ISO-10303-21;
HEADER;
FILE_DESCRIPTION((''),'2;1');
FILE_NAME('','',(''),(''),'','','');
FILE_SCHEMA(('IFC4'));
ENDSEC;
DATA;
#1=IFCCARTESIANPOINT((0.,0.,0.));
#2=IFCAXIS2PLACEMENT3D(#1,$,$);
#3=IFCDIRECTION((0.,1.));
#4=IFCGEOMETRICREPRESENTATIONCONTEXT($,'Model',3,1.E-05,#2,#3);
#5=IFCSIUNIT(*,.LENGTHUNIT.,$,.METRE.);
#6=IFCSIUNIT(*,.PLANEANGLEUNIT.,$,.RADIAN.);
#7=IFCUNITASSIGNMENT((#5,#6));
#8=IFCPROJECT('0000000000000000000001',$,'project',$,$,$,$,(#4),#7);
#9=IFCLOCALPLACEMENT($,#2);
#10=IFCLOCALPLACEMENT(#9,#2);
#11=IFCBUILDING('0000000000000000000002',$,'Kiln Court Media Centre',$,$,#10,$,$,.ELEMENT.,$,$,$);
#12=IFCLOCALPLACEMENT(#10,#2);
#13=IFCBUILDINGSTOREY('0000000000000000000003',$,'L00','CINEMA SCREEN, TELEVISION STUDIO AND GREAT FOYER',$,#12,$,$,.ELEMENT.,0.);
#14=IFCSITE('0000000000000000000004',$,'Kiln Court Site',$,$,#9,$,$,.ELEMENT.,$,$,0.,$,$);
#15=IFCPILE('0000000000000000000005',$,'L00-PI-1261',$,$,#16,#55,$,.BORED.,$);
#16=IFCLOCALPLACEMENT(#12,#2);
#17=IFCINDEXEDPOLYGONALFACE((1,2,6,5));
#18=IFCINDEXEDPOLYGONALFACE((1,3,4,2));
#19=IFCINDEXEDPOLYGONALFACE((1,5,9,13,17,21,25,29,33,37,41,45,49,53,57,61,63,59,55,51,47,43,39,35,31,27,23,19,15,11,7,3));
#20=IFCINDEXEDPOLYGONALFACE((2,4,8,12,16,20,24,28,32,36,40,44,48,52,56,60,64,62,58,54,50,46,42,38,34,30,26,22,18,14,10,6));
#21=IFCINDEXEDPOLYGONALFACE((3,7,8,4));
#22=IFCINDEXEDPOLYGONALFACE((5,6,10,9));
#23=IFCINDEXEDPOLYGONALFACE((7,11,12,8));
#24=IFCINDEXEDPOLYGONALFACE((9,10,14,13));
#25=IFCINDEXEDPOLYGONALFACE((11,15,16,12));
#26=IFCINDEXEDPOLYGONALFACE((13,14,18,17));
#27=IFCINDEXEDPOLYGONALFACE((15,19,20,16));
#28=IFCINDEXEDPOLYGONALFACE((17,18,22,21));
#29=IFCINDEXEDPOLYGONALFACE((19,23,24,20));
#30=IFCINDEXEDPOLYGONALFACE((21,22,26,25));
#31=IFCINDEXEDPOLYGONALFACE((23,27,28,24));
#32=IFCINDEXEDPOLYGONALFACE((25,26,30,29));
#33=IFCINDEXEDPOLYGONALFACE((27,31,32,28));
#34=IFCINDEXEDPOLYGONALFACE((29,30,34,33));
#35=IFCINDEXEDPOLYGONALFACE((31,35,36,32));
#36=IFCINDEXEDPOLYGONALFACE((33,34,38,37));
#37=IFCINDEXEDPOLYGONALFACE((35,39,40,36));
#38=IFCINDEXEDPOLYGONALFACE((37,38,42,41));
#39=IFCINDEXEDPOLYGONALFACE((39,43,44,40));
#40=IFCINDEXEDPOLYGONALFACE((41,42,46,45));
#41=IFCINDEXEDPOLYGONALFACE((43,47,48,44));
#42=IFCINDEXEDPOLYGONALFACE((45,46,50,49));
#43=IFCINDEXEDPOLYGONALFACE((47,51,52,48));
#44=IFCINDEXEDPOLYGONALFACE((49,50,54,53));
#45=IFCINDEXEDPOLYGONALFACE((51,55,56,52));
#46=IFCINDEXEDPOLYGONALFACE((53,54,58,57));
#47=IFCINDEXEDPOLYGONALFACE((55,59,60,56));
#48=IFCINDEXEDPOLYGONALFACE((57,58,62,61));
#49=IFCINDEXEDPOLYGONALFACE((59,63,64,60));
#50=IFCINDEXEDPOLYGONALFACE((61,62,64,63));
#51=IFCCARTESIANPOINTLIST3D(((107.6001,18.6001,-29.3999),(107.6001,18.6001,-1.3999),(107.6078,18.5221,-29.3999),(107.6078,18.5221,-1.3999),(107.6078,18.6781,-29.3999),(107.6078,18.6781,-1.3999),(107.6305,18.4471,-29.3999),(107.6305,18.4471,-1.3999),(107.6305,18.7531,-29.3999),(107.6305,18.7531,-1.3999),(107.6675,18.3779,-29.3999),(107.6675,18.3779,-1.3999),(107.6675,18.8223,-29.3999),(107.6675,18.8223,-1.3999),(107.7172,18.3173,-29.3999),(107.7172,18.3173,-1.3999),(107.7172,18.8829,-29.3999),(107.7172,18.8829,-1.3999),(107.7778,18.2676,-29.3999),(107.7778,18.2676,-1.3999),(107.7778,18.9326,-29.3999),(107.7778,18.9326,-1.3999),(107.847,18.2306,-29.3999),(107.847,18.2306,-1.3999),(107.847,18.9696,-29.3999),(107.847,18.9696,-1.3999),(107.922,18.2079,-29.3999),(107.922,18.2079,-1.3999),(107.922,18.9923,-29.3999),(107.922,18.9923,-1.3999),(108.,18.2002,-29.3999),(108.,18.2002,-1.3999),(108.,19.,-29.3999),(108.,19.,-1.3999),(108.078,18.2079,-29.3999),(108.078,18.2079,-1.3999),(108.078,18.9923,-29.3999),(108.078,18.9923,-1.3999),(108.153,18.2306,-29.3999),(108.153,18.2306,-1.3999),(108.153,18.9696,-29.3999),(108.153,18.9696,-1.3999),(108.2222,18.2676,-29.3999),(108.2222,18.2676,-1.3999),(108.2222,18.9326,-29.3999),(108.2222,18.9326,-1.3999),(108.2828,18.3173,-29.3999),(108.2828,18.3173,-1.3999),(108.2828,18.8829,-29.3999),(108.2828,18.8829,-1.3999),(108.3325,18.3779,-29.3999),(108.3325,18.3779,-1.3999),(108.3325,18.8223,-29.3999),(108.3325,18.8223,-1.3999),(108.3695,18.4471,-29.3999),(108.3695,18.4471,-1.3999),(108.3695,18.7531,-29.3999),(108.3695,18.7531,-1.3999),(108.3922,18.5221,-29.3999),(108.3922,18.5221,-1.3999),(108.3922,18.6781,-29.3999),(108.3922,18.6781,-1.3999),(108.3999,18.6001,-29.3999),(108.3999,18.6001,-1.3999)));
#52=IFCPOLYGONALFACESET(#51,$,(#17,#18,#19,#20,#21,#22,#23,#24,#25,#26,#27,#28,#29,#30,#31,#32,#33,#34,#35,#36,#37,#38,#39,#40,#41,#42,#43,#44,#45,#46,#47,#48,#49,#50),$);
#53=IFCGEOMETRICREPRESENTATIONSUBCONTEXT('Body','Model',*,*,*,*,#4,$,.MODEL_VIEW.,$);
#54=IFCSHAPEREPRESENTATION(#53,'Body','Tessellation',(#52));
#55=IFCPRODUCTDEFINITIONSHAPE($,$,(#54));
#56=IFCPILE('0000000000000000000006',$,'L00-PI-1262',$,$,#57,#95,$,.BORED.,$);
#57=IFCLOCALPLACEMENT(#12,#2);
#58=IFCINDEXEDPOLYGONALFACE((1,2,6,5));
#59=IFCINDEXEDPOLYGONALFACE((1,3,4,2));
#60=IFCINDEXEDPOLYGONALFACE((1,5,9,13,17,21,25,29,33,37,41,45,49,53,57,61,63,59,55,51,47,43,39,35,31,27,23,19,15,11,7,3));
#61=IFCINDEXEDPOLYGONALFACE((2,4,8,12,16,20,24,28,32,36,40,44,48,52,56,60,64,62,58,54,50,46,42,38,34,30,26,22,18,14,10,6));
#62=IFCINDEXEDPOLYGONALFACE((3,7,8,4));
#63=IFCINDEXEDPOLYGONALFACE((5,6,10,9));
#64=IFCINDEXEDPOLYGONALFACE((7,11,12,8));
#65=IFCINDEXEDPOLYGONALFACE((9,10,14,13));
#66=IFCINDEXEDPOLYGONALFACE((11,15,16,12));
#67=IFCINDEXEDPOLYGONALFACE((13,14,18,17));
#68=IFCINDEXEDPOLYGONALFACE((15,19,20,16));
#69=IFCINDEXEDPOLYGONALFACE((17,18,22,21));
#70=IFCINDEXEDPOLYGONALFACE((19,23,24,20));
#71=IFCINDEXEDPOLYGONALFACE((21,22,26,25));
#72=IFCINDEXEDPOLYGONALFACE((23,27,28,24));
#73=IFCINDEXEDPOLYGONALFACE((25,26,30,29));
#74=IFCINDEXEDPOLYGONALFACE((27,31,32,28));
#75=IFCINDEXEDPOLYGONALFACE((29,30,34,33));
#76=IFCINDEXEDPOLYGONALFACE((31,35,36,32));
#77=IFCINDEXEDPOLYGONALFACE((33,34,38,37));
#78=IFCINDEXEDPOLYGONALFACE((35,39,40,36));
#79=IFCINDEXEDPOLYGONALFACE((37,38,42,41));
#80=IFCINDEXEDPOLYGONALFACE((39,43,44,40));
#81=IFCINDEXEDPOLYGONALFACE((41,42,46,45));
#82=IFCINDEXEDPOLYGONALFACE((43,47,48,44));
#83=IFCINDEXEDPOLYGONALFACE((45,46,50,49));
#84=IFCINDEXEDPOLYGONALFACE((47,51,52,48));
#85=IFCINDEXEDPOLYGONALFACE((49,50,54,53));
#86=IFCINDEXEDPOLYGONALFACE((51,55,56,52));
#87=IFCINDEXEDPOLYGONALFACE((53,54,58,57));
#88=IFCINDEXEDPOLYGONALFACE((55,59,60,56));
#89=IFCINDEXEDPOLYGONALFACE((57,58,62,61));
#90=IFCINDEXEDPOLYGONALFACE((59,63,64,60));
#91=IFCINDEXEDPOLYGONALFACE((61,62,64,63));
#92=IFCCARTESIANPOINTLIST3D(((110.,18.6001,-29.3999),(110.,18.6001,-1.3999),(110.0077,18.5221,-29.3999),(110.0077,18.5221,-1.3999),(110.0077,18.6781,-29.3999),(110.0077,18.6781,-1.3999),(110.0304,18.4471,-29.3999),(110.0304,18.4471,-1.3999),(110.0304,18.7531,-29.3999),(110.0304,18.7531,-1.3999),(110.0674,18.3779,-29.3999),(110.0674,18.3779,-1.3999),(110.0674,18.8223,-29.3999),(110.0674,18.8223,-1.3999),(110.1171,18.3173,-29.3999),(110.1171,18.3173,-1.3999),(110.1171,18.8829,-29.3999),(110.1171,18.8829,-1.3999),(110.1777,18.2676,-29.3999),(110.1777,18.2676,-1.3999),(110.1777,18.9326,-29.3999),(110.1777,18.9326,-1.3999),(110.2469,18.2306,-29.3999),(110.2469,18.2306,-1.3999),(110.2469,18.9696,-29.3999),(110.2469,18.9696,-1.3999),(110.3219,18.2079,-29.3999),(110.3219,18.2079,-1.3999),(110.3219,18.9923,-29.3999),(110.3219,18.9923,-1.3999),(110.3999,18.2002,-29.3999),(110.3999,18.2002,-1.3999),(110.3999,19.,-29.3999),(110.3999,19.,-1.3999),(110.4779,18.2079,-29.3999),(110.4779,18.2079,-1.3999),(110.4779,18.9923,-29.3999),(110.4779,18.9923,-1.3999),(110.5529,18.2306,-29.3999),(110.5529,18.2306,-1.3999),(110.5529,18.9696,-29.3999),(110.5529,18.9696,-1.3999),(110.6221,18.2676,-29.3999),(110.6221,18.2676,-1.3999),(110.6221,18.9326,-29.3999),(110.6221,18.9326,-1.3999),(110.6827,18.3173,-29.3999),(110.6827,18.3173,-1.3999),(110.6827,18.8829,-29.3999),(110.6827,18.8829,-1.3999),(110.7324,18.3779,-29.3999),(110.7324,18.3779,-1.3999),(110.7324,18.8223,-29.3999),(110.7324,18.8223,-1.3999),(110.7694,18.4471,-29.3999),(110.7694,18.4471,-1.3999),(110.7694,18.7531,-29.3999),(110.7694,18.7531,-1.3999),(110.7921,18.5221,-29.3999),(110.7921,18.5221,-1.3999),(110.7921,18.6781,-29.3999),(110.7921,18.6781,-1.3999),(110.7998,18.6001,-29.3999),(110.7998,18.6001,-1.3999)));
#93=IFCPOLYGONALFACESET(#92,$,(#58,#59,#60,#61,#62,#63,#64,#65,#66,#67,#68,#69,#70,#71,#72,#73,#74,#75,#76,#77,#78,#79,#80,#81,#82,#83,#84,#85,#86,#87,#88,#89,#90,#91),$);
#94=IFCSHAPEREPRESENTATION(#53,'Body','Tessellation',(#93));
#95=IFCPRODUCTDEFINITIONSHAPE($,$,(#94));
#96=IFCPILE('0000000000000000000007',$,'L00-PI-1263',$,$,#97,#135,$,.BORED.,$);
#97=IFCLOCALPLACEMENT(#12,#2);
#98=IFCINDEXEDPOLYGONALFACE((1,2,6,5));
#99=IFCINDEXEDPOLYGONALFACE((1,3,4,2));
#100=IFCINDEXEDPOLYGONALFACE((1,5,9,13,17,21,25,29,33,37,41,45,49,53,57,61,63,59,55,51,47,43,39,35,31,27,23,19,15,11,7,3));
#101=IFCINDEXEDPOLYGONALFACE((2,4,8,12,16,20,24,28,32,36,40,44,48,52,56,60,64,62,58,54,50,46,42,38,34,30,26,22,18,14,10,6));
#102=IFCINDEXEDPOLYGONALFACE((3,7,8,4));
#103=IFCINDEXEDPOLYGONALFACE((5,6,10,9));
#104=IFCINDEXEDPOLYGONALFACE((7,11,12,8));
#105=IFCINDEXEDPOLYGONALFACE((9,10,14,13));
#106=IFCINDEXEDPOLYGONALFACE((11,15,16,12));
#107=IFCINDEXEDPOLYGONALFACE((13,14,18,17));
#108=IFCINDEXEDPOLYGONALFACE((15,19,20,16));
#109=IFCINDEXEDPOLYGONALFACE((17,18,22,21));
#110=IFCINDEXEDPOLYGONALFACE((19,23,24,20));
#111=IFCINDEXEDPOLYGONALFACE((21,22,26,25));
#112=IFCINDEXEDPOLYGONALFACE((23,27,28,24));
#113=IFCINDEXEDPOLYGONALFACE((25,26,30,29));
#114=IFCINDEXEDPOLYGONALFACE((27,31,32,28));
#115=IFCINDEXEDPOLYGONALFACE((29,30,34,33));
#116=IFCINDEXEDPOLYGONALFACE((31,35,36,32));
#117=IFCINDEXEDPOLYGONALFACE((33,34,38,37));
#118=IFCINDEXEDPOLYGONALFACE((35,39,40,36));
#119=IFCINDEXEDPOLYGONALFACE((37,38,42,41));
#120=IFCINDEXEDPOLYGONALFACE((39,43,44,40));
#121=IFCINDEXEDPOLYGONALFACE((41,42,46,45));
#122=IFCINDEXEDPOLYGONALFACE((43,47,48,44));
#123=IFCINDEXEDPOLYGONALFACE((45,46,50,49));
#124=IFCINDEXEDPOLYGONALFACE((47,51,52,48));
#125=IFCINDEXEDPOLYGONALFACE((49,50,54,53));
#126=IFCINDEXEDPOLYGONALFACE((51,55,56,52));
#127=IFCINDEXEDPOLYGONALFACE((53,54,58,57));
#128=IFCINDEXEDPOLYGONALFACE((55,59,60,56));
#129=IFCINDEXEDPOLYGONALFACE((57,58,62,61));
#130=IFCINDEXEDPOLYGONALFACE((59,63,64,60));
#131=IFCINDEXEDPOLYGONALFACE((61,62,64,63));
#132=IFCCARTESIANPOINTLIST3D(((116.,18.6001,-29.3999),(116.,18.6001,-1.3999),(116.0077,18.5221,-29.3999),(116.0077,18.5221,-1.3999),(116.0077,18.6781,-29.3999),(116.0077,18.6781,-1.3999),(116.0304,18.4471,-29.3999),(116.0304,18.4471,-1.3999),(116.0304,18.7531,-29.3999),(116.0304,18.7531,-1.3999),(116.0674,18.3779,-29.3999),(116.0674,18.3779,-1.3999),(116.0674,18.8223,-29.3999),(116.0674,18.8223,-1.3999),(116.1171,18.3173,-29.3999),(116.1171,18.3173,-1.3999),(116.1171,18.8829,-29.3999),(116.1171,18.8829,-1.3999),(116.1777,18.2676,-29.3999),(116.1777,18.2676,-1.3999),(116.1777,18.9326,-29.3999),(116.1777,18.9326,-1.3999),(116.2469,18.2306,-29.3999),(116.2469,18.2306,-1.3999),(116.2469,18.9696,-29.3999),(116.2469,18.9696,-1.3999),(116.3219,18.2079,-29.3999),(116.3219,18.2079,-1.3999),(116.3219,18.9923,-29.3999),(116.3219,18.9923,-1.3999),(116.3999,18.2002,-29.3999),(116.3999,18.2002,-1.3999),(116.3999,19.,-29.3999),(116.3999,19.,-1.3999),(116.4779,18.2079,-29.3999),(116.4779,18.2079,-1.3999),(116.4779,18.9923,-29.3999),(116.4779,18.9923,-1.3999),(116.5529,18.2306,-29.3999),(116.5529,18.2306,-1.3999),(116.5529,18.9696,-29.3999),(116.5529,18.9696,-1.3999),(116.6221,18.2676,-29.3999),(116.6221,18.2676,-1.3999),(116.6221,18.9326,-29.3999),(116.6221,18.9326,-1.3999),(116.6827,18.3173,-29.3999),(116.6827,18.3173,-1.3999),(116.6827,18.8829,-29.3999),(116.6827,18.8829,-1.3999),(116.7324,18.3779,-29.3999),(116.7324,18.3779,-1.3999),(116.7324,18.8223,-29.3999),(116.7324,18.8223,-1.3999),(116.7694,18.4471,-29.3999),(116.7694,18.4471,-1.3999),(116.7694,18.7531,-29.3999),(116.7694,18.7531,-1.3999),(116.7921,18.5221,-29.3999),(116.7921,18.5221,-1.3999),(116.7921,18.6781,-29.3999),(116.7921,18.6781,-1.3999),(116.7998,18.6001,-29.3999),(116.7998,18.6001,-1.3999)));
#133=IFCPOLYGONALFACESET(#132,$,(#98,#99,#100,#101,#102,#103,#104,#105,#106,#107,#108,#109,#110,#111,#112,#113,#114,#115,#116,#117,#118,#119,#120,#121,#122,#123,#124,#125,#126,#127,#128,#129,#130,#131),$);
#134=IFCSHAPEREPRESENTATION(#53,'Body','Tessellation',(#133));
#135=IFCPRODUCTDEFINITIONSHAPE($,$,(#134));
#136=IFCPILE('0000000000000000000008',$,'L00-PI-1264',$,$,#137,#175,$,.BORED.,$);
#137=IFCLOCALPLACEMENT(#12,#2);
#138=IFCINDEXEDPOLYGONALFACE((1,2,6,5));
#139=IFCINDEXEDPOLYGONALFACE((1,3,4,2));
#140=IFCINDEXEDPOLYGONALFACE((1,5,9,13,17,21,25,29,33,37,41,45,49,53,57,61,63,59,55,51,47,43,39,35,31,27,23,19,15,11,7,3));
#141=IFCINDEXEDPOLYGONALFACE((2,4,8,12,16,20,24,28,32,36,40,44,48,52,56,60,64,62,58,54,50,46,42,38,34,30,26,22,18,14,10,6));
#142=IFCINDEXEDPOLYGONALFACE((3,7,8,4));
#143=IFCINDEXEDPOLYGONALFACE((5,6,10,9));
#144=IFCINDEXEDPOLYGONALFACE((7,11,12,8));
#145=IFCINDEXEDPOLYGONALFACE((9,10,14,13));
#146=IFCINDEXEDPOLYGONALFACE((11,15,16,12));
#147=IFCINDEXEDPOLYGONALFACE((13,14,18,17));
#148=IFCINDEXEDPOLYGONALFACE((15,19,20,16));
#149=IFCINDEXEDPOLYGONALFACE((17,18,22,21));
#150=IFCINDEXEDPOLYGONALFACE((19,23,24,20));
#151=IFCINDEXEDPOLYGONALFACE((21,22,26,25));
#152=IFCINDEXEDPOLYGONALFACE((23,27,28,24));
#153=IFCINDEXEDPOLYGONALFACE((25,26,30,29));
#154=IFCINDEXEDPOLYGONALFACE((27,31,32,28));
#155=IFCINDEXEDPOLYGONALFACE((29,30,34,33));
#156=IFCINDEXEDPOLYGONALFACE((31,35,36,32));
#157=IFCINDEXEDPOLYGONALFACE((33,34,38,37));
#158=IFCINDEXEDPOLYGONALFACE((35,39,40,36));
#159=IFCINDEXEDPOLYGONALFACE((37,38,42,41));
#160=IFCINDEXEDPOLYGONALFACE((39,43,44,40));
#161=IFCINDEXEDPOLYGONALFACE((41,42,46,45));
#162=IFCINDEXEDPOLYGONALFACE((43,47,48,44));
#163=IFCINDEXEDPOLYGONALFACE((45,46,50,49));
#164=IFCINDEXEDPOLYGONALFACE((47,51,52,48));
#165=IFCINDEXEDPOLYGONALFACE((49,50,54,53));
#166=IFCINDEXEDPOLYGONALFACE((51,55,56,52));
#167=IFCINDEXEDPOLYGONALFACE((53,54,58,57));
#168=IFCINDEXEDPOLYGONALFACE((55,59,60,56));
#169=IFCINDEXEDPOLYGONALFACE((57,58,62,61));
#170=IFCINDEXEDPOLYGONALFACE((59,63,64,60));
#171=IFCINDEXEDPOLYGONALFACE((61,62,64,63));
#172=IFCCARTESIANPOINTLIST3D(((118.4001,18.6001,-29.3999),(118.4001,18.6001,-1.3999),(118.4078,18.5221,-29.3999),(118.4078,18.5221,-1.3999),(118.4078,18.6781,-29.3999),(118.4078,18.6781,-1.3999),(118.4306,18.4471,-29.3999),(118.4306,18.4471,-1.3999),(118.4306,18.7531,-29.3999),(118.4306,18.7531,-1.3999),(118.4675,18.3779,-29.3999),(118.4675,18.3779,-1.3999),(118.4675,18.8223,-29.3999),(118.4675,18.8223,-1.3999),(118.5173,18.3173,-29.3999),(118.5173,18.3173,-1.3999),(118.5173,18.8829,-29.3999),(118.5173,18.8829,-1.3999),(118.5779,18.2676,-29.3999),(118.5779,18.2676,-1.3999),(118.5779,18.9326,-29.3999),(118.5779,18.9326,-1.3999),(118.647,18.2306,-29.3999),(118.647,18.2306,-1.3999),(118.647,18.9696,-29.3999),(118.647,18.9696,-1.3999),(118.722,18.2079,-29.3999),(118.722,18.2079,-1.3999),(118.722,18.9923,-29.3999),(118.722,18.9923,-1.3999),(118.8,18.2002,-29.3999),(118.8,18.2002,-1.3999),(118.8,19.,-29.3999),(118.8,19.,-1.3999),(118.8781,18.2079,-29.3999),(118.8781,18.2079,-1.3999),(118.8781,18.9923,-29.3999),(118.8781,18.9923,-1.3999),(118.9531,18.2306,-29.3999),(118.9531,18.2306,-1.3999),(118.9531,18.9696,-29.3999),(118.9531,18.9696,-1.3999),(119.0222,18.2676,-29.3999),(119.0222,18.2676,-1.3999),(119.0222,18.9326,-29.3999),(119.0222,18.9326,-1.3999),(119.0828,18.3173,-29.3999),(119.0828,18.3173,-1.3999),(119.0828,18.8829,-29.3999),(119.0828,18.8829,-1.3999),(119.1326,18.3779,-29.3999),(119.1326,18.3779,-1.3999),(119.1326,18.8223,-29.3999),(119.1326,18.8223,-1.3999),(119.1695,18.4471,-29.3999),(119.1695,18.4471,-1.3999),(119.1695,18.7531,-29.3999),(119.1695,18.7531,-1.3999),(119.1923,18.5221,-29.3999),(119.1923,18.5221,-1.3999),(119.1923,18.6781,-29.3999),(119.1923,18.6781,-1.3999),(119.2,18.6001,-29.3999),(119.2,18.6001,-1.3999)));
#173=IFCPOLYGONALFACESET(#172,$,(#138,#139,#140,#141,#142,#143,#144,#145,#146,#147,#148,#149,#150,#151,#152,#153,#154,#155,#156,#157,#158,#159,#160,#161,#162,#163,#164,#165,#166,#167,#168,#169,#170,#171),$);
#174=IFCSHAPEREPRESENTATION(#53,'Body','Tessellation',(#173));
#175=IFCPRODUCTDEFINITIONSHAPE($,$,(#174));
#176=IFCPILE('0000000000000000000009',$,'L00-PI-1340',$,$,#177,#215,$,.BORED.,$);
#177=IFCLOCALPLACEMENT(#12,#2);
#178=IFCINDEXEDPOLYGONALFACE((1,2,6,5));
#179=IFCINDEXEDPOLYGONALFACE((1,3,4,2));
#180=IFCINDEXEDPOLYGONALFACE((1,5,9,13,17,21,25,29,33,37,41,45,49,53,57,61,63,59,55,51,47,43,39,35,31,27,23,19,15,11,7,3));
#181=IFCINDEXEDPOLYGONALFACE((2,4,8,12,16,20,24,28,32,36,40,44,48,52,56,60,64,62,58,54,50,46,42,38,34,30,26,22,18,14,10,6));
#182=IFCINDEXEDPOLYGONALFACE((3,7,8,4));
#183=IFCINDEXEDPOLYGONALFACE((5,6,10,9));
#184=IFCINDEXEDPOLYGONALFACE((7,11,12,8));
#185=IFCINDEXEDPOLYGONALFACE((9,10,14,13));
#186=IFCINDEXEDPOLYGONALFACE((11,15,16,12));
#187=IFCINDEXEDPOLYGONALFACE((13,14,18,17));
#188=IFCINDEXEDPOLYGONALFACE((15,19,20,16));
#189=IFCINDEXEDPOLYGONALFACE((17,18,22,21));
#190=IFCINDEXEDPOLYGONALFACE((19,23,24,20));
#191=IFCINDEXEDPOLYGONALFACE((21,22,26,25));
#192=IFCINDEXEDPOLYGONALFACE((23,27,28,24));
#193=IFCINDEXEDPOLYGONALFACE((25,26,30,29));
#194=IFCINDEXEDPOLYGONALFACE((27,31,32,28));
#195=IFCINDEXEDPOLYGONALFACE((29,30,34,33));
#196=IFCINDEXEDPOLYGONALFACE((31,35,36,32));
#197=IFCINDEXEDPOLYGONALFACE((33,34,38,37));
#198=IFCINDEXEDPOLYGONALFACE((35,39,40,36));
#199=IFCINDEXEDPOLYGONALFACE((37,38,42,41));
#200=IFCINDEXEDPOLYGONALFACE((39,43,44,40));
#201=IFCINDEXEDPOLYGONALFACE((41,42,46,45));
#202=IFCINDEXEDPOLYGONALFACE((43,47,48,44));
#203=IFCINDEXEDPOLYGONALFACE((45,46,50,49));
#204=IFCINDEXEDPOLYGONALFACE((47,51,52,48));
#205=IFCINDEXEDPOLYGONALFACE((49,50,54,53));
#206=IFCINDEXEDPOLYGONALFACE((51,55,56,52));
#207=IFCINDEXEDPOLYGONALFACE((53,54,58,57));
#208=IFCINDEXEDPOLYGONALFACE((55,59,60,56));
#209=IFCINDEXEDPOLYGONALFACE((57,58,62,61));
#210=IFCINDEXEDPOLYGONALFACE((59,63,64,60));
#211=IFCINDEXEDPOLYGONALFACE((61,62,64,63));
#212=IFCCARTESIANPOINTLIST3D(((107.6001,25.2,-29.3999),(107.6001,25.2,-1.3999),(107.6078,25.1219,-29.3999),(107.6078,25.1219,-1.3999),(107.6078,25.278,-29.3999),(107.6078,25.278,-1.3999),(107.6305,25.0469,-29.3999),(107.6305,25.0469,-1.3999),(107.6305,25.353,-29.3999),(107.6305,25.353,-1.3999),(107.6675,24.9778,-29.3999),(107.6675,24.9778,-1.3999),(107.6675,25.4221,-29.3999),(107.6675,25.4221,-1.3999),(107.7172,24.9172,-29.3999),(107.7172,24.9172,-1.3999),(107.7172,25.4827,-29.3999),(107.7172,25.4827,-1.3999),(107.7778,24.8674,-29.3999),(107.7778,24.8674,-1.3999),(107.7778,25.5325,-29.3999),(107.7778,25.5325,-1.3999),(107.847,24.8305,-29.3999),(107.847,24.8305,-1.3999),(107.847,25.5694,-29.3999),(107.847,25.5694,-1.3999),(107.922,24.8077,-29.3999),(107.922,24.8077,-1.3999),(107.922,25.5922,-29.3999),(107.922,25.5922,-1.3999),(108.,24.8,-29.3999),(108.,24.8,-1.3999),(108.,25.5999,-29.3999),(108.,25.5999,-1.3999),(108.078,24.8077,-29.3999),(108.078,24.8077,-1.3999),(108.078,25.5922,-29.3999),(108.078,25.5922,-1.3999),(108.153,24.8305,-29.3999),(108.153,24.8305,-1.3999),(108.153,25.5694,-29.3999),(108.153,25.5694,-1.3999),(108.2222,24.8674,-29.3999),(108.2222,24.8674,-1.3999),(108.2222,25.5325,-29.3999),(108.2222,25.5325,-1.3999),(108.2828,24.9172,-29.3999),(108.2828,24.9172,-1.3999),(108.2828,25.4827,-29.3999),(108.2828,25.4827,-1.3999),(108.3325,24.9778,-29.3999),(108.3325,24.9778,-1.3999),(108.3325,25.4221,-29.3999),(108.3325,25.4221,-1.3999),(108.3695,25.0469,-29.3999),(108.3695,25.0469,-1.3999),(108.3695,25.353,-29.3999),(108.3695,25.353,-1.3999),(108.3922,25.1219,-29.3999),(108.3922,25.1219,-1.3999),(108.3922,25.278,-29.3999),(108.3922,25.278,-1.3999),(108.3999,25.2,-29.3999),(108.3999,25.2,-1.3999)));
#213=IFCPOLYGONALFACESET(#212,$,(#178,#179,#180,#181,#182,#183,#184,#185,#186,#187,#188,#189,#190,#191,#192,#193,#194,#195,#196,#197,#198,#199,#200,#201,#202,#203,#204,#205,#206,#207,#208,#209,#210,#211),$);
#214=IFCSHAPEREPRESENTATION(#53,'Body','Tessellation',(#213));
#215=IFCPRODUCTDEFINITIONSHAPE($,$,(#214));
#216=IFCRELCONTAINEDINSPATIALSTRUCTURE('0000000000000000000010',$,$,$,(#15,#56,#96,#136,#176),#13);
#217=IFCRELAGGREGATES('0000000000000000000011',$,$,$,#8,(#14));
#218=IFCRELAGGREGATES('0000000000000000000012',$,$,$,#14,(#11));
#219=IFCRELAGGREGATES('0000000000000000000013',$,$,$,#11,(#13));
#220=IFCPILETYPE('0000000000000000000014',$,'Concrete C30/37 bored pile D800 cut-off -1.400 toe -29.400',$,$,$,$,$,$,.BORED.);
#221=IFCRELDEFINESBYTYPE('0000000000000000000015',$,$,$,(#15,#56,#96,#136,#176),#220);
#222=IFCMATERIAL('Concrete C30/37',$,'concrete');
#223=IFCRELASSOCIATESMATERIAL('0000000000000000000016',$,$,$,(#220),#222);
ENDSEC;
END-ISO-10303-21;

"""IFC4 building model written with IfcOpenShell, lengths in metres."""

from ifc_helpers import new_model, si_unit, direction, frame, origin, origin_2d, place, context, subcontext, project, spatial, circle, extrude, material, material_profile, profile_set, type_object, element, save


model = new_model("IFC4")

# Units and contexts
model_context = context("Model", 3, precision=1e-05, world=origin(), true_north=direction((0.0, 1.0)))
body_context = subcontext(model_context, "Body", "Model", "MODEL_VIEW")
ifc_project = project(units=[si_unit("LENGTHUNIT", "METRE"), si_unit("PLANEANGLEUNIT", "RADIAN")], contexts=[model_context])

# Site, building, storey
site_placement = place(None, origin())
site = spatial("IfcSite", under=ifc_project, at=site_placement, Name="Kiln Court Site", CompositionType="ELEMENT", RefElevation=0.0)
building_placement = place(site_placement, origin())
building = spatial("IfcBuilding", under=site, at=building_placement, Name="Kiln Court Media Centre", CompositionType="ELEMENT")
storey_placement = place(building_placement, origin())
storey = spatial("IfcBuildingStorey", under=building, at=storey_placement, Name="L00", Description="CINEMA SCREEN, TELEVISION STUDIO AND GREAT FOYER", CompositionType="ELEMENT", Elevation=0.0)

# Piles
ifc_material_1 = material(Name="Concrete C30/37", Category="concrete")
ifc_material_profile = material_profile(ifc_material_1, circle(Radius=0.3999, at=origin_2d()), Name="PILE D800")
ifc_profile_set = profile_set([ifc_material_profile], Name="Concrete C30/37")
pile_type = type_object("IfcPileType", Name="Concrete C30/37 bored pile D800 cut-off -1.400 toe -29.400", PredefinedType="BORED", material=ifc_profile_set)
for number, where, z_axis, x_axis, name in (
    (1, (108.0, 18.6001, -1.3999), (0.0, 0.0, -1.0), (1.0, 0.0, 0.0), "L00-PI-1261"),
    (2, (110.3999, 18.6001, -1.3999), (0.0, 0.0, -1.0), (1.0, 0.0, 0.0), "L00-PI-1262"),
    (3, (116.3999, 18.6001, -1.3999), (0.0, 0.0, -1.0), (1.0, 0.0, 0.0), "L00-PI-1263"),
    (4, (118.8, 18.6001, -1.3999), (0.0, 0.0, -1.0), (1.0, 0.0, 0.0), "L00-PI-1264"),
    (5, (108.0, 25.2, -1.3999), (0.0, 0.0, -1.0), (1.0, 0.0, 0.0), "L00-PI-1340"),
):
    element("IfcPile", number, at=place(storey_placement, frame(where, z_axis=z_axis, x_axis=x_axis)), inside=storey, type_object=pile_type, Name=name, PredefinedType="BORED", context=body_context, shape_type="SweptSolid", body=[
        extrude(circle(Radius=0.3999, at=origin_2d()), origin(), (0.0, 0.0, 1.0), 28.0),
    ])

save(model, "model.ifc")
